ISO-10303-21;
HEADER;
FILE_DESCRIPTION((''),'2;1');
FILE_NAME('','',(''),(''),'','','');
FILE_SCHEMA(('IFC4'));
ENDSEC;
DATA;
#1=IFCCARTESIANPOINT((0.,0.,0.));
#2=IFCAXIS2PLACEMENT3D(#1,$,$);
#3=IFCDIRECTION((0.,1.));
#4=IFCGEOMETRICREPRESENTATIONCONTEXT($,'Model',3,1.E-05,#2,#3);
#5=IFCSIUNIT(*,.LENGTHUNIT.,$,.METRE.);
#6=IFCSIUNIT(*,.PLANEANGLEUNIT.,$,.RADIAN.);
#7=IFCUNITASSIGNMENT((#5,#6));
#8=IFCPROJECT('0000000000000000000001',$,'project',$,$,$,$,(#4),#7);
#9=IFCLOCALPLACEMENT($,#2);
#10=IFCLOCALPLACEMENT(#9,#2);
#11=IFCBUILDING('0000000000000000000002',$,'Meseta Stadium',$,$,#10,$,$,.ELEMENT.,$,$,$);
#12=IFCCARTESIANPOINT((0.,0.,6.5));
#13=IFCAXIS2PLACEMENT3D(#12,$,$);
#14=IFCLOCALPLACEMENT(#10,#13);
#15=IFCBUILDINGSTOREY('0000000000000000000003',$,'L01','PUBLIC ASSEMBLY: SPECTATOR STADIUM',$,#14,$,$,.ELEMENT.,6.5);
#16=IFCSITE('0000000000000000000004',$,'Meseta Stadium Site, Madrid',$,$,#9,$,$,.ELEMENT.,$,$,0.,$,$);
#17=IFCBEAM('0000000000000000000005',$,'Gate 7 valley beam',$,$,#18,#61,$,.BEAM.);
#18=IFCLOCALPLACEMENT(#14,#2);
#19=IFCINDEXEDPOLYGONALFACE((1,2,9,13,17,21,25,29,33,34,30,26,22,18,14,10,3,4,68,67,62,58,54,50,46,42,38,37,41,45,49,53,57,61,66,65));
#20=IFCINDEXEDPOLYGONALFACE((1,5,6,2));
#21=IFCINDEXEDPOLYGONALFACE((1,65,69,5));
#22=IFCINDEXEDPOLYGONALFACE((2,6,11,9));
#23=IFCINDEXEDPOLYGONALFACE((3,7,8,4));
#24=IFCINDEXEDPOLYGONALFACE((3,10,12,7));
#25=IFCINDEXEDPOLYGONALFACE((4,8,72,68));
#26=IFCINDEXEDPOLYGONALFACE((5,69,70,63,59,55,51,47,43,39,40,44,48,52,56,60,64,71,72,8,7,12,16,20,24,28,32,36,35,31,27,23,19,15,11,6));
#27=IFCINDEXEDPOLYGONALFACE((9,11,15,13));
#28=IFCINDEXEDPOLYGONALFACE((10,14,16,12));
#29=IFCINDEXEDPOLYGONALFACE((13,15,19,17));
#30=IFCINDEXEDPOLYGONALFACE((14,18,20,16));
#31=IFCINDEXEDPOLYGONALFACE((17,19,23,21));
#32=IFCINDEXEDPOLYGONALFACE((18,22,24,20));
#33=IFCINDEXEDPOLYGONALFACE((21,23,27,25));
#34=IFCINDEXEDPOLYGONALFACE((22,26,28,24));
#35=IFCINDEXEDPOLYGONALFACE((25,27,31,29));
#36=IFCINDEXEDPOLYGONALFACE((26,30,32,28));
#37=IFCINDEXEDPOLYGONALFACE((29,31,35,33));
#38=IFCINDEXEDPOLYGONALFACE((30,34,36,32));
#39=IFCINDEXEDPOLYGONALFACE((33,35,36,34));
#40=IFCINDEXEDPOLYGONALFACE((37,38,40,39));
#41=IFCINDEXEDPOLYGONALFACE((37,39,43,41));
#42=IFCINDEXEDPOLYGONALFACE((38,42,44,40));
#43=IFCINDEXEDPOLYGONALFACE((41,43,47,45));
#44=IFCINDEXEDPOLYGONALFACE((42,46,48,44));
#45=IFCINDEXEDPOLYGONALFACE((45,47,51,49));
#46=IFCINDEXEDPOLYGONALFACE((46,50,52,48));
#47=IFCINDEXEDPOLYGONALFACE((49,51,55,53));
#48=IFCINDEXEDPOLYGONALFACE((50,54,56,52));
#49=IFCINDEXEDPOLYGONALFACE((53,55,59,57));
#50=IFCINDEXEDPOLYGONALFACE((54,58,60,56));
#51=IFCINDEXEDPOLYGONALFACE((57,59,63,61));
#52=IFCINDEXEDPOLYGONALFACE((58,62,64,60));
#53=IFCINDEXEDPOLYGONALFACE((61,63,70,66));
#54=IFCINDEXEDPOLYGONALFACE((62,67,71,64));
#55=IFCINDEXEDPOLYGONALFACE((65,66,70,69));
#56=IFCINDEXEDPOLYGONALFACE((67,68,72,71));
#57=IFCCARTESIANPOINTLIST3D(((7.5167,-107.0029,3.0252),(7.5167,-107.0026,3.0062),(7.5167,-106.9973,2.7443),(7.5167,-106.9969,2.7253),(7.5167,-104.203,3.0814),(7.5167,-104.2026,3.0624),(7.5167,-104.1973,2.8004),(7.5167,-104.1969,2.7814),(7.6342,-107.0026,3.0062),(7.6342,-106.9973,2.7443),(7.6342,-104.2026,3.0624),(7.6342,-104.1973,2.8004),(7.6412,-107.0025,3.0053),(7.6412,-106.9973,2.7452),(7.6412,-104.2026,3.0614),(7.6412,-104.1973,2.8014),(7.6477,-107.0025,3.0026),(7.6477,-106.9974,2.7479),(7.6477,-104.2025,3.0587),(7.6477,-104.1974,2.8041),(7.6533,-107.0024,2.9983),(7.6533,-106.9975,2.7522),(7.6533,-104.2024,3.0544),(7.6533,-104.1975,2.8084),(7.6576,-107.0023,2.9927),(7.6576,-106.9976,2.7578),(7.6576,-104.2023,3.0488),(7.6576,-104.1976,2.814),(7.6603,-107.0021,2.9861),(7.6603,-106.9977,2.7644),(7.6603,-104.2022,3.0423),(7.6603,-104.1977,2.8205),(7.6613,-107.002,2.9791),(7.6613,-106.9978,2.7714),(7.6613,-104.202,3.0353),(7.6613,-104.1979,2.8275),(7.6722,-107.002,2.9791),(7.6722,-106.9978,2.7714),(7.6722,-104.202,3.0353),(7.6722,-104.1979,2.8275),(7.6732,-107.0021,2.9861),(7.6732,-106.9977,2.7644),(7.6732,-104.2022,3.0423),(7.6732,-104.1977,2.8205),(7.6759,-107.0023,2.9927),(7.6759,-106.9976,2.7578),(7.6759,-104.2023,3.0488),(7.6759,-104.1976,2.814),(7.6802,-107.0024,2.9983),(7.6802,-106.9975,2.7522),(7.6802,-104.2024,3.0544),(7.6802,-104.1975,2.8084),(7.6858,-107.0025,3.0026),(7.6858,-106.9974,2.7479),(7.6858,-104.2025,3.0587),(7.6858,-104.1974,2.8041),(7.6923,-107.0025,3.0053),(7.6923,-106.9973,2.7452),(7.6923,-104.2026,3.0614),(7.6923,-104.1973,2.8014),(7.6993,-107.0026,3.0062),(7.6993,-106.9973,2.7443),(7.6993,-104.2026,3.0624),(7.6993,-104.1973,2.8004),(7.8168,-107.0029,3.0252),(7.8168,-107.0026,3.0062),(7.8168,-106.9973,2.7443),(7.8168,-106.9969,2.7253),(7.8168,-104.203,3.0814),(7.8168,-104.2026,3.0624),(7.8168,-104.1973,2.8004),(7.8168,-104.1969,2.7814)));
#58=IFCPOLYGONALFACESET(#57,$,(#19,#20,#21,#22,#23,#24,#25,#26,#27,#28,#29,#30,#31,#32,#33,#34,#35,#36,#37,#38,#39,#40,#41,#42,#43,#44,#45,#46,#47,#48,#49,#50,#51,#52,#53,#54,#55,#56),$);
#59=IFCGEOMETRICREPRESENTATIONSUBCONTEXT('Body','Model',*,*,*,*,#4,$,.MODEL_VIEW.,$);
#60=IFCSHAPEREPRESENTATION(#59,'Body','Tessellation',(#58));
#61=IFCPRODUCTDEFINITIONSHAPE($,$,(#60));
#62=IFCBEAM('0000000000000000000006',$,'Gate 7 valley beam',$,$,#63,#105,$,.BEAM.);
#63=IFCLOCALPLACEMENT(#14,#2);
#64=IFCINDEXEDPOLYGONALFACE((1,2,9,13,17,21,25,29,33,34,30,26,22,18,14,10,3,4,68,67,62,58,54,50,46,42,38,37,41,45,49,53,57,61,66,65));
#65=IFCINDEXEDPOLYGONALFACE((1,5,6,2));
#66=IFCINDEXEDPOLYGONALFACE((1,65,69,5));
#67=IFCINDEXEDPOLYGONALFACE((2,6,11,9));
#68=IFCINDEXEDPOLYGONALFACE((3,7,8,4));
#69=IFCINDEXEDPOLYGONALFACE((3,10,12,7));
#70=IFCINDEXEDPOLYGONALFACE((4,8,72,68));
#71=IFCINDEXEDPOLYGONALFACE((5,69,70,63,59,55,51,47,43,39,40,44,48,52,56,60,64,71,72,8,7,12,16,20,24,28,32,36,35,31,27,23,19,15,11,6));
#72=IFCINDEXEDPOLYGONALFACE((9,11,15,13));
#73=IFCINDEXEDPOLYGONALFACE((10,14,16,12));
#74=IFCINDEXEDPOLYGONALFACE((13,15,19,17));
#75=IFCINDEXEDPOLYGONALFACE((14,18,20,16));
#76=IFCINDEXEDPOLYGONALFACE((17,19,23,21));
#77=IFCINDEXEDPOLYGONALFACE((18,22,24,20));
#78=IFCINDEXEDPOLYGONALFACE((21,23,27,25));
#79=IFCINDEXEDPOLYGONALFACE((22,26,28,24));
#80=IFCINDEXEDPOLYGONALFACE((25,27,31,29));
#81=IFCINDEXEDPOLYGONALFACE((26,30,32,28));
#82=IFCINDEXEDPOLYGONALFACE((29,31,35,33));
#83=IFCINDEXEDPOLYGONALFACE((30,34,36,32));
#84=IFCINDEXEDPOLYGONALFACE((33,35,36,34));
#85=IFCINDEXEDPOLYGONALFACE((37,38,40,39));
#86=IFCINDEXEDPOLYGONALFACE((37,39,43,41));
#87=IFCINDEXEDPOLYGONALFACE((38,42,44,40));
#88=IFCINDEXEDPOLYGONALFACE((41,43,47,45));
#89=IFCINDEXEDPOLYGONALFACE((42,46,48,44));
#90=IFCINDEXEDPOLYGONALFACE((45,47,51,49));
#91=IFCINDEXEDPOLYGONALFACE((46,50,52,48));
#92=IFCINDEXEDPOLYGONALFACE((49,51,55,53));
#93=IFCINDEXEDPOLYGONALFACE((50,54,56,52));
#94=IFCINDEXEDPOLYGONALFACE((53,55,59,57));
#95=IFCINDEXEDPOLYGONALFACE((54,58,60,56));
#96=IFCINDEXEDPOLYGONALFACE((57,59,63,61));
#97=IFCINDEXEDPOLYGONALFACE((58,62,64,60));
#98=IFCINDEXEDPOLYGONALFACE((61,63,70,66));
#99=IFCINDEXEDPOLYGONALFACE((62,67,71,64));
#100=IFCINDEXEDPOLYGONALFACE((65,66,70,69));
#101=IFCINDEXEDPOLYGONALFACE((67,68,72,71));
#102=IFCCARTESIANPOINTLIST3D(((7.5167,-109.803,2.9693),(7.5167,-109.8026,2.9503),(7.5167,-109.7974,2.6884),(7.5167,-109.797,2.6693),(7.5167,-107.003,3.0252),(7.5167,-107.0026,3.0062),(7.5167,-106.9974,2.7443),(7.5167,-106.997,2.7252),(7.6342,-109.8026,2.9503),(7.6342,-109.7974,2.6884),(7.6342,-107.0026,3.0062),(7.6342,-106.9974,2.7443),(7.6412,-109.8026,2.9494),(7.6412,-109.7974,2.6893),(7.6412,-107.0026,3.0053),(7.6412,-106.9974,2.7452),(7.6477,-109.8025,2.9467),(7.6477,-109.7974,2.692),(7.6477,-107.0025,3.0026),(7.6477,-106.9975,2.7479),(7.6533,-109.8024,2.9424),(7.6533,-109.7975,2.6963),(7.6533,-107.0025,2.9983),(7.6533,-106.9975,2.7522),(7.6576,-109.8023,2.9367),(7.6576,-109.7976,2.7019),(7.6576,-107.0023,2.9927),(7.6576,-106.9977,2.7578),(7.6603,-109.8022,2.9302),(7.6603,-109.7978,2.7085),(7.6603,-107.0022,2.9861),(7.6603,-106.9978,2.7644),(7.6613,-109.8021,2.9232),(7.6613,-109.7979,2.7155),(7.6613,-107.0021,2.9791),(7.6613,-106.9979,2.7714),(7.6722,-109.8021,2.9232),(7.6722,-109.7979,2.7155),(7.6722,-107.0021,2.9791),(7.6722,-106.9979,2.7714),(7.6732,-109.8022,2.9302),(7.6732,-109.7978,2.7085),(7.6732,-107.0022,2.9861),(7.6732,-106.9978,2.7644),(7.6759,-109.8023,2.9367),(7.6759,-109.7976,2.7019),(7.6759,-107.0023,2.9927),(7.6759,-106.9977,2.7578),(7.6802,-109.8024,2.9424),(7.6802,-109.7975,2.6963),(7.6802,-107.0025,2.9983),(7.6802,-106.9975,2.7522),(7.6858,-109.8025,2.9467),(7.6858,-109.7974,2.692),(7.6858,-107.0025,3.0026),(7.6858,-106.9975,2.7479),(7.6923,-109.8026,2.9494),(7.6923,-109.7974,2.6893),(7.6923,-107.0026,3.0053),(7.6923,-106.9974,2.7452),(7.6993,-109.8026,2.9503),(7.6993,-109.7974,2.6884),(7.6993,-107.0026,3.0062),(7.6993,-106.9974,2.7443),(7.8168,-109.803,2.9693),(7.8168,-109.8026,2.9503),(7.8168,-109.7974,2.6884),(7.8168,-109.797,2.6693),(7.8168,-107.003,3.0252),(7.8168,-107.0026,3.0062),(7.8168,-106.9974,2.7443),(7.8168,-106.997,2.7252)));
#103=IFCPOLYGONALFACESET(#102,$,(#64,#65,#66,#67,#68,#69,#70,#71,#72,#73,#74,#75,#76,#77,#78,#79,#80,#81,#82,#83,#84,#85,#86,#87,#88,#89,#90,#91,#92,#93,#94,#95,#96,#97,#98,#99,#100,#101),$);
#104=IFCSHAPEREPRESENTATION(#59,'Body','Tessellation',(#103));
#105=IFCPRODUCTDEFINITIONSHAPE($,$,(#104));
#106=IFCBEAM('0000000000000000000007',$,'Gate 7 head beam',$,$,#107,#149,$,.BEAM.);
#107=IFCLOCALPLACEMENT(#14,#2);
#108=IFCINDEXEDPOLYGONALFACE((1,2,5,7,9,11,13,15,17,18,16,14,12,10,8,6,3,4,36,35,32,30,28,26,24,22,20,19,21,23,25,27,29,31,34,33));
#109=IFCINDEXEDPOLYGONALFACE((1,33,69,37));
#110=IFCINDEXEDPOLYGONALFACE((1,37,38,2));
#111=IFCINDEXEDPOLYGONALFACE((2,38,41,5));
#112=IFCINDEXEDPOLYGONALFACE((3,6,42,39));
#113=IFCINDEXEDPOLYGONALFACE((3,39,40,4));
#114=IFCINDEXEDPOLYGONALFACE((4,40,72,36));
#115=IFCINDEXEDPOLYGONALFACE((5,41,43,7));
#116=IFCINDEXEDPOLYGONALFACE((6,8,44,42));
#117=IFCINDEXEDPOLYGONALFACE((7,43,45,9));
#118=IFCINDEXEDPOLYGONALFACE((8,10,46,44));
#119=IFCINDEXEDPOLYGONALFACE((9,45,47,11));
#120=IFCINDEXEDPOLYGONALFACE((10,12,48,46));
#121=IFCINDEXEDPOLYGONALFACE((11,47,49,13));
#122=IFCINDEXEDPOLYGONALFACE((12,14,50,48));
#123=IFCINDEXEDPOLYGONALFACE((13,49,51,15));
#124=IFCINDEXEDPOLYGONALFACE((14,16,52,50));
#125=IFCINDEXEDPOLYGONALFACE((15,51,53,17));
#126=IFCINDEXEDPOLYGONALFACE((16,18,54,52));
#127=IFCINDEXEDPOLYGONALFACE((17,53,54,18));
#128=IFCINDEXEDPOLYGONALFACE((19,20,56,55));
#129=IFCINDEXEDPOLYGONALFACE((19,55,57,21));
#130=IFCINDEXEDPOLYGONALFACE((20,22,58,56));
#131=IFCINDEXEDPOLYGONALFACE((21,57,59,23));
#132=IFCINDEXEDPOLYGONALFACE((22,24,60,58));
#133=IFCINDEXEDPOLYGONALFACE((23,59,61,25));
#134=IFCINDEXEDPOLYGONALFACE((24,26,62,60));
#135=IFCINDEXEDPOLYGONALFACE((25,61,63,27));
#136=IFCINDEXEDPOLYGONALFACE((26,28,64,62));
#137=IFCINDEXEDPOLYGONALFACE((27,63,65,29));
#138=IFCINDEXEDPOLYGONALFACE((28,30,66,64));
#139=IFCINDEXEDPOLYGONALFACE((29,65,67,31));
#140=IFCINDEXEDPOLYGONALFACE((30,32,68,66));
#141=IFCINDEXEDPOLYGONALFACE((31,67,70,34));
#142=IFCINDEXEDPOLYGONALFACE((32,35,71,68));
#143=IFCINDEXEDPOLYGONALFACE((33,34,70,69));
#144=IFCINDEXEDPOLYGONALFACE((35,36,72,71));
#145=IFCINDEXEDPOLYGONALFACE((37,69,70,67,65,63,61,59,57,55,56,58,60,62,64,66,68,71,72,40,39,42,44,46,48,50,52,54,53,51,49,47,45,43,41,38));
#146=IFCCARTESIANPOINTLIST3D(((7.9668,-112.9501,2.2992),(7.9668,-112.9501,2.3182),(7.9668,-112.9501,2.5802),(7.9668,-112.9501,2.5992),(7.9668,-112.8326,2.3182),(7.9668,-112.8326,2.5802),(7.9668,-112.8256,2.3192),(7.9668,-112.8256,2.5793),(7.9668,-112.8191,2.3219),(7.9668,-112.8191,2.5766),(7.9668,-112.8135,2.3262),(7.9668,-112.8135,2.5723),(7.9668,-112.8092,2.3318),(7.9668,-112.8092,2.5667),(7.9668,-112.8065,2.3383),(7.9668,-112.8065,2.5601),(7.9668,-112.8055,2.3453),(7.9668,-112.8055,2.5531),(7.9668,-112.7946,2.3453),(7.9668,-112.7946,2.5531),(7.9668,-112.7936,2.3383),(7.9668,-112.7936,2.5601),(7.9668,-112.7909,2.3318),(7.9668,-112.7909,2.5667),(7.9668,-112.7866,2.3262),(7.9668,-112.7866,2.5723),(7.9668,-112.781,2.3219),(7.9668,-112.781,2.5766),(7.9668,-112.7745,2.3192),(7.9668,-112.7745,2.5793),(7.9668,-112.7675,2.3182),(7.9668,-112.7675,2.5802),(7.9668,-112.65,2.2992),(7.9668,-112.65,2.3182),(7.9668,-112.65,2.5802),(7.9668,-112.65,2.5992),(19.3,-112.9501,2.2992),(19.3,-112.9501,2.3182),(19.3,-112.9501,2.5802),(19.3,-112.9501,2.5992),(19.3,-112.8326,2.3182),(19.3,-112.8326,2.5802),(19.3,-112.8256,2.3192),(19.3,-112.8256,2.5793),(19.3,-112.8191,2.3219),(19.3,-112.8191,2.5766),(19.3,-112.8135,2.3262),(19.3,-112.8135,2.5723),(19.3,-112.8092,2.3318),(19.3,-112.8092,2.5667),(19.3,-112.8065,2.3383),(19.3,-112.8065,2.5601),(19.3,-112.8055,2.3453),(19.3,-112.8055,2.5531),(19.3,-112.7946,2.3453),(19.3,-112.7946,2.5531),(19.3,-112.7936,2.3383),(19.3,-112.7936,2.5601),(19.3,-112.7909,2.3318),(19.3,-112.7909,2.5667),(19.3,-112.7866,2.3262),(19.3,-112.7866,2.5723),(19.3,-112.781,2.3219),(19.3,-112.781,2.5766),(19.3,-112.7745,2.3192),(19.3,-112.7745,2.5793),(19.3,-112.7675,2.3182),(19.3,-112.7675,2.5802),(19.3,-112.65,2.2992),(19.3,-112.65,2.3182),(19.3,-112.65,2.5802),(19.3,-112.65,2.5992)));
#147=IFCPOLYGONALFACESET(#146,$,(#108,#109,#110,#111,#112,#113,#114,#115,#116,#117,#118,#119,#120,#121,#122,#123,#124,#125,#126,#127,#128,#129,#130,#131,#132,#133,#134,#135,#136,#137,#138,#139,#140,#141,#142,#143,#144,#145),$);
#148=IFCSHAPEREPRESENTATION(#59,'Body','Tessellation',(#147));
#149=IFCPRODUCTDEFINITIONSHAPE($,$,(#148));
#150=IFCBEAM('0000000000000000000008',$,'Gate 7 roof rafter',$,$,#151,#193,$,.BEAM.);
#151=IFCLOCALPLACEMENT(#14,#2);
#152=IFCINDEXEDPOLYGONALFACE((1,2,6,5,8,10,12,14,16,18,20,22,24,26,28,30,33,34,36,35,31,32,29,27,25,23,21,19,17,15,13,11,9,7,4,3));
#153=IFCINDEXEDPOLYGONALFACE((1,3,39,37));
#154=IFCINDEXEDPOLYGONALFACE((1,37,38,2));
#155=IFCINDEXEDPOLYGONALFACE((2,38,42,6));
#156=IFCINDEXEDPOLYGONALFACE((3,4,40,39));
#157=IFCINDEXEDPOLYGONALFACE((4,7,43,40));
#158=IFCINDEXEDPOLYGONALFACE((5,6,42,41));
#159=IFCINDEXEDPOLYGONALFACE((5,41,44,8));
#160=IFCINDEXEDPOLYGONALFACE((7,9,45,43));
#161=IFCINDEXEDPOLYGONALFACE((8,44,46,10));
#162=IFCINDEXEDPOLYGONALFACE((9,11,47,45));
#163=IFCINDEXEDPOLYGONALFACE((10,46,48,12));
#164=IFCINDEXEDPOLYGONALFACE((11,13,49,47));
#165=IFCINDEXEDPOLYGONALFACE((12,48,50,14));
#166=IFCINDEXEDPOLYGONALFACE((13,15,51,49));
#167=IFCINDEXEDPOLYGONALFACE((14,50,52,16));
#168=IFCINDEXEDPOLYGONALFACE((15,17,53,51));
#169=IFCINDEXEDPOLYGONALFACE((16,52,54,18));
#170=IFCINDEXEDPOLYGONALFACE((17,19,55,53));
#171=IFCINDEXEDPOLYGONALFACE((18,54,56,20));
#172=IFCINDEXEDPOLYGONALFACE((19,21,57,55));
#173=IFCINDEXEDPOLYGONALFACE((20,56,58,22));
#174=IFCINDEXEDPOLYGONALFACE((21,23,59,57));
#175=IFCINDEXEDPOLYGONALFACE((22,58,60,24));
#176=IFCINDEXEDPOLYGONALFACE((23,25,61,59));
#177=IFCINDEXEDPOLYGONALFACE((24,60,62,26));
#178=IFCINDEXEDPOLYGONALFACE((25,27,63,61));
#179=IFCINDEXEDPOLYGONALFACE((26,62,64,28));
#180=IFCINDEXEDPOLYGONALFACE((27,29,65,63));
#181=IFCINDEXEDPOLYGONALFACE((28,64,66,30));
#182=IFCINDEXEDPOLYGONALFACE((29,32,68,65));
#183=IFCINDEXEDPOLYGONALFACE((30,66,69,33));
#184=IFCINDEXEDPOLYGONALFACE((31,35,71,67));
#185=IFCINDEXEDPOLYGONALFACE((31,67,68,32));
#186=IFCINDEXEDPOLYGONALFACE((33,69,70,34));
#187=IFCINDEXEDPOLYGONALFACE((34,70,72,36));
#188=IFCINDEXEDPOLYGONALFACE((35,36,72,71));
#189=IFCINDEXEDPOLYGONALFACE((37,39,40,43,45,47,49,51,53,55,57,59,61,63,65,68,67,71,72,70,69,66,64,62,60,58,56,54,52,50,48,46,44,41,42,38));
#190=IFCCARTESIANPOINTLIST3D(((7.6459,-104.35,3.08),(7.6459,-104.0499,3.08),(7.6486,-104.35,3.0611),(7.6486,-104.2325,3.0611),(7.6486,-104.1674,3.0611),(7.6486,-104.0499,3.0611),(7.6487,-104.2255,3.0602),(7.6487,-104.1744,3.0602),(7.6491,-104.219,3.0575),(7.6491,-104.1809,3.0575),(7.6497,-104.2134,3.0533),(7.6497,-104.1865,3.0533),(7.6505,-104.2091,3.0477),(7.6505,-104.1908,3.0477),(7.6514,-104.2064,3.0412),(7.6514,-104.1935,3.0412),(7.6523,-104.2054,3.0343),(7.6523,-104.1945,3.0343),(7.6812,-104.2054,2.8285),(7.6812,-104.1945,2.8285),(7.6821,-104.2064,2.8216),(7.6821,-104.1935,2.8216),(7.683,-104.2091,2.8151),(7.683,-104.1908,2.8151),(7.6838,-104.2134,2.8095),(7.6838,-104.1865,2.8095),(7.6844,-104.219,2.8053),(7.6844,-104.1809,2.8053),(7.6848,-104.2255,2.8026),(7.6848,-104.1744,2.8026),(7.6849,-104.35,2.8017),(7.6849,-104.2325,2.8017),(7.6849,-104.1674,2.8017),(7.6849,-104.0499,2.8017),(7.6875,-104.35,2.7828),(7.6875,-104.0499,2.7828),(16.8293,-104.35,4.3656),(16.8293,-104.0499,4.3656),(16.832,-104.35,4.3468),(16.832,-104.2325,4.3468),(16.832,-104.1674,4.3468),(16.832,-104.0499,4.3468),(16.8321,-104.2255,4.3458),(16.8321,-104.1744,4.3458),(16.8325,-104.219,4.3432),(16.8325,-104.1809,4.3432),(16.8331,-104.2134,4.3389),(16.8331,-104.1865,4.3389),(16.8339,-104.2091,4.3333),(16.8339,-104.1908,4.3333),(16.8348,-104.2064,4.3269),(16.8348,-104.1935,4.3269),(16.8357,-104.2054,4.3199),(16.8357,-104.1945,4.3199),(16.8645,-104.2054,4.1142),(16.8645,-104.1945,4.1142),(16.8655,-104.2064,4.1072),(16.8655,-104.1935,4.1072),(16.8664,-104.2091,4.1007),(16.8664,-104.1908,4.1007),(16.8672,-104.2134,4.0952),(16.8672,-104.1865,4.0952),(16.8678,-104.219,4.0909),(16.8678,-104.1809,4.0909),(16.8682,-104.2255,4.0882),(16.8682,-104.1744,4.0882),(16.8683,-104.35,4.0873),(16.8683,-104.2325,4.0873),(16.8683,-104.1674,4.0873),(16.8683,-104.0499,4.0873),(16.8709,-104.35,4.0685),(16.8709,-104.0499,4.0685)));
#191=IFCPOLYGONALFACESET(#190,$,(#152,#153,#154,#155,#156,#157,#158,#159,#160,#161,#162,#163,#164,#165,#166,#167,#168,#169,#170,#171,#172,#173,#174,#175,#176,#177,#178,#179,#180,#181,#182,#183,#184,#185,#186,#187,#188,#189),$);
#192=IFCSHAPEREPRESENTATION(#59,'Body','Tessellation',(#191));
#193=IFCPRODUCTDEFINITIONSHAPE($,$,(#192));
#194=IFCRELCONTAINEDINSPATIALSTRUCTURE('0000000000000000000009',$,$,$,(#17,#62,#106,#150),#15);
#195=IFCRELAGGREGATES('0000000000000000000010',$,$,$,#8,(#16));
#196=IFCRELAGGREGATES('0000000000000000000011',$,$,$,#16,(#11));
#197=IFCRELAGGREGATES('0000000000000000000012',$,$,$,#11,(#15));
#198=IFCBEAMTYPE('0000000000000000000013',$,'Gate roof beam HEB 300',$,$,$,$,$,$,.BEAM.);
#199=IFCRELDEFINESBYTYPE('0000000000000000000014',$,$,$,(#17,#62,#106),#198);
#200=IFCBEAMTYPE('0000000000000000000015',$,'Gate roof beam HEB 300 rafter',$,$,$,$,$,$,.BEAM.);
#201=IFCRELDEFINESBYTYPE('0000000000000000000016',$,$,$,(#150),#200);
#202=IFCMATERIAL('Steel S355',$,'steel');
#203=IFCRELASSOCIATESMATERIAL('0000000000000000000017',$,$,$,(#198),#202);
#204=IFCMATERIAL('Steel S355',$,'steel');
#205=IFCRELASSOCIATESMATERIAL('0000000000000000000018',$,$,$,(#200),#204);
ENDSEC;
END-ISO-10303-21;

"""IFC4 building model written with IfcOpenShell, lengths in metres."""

from ifc_helpers import new_model, si_unit, direction, frame, origin, origin_2d, place, context, subcontext, project, spatial, i_section, extrude, material, material_profile, profile_set, type_object, element, save


model = new_model("IFC4")

# Units and contexts
model_context = context("Model", 3, precision=1e-05, world=origin(), true_north=direction((0.0, 1.0)))
body_context = subcontext(model_context, "Body", "Model", "MODEL_VIEW")
ifc_project = project(units=[si_unit("LENGTHUNIT", "METRE"), si_unit("PLANEANGLEUNIT", "RADIAN")], contexts=[model_context])

# Site, building, storey
site_placement = place(None, origin())
site = spatial("IfcSite", under=ifc_project, at=site_placement, Name="Meseta Stadium Site, Madrid", CompositionType="ELEMENT", RefElevation=0.0)
building_placement = place(site_placement, origin())
building = spatial("IfcBuilding", under=site, at=building_placement, Name="Meseta Stadium", CompositionType="ELEMENT")
storey_placement = place(building_placement, frame((0.0, 0.0, 6.5)))
storey = spatial("IfcBuildingStorey", under=building, at=storey_placement, Name="L01", Description="PUBLIC ASSEMBLY: SPECTATOR STADIUM", CompositionType="ELEMENT", Elevation=6.5)

# Beams
ifc_material_1 = material(Name="Steel S355", Category="steel")
ifc_material_profile_1 = material_profile(ifc_material_1, i_section(OverallWidth=0.3, OverallDepth=0.3, WebThickness=0.011, FlangeThickness=0.019, FilletRadius=0.0271, at=origin_2d()), Name="HEB 300")
ifc_profile_set_1 = profile_set([ifc_material_profile_1], Name="Steel S355")
beam_type_1 = type_object("IfcBeamType", Name="Gate roof beam HEB 300", PredefinedType="BEAM", material=ifc_profile_set_1)
for number, where, z_axis, x_axis, name in (
    (1, (7.6667, -104.2, 2.9314), (0.0, -0.999799, -0.02005), (1.0, 0.0, 0.0), "Gate 7 valley beam"),
    (2, (7.6667, -107.0, 2.8752), (0.0, -0.999801, -0.019963), (1.0, 0.0, 0.0), "Gate 7 valley beam"),
):
    element("IfcBeam", number, at=place(storey_placement, frame(where, z_axis=z_axis, x_axis=x_axis)), inside=storey, type_object=beam_type_1, Name=name, PredefinedType="BEAM", context=body_context, shape_type="SweptSolid", body=[
        extrude(i_section(OverallWidth=0.3, OverallDepth=0.3, WebThickness=0.011, FlangeThickness=0.019, FilletRadius=0.0271, at=origin_2d()), origin(), (0.0, 0.0, 1.0), 2.8005),
    ])
beam_1_placement = place(storey_placement, frame((7.9668, -112.8, 2.4492), z_axis=(1.0, 0.0, 0.0), x_axis=(0.0, 1.0, 0.0)))
element("IfcBeam", 3, at=beam_1_placement, inside=storey, type_object=beam_type_1, Name="Gate 7 head beam", PredefinedType="BEAM", context=body_context, shape_type="SweptSolid", body=[
    extrude(i_section(OverallWidth=0.3, OverallDepth=0.3, WebThickness=0.011, FlangeThickness=0.019, FilletRadius=0.0271, at=origin_2d()), origin(), (0.0, 0.0, 1.0), 11.3333),
])
ifc_material_2 = material(Name="Steel S355", Category="steel")
ifc_material_profile_2 = material_profile(ifc_material_2, i_section(OverallWidth=0.3, OverallDepth=0.3, WebThickness=0.011, FlangeThickness=0.019, FilletRadius=0.0271, at=origin_2d()), Name="HEB 300")
ifc_profile_set_2 = profile_set([ifc_material_profile_2], Name="Steel S355")
beam_type_2 = type_object("IfcBeamType", Name="Gate roof beam HEB 300 rafter", PredefinedType="BEAM", material=ifc_profile_set_2)
beam_2_placement = place(storey_placement, frame((7.6667, -104.2, 2.9314), z_axis=(0.990342, 0.0, 0.138645), x_axis=(0.0, 1.0, 0.0)))
element("IfcBeam", 4, at=beam_2_placement, inside=storey, type_object=beam_type_2, Name="Gate 7 roof rafter", PredefinedType="BEAM", context=body_context, shape_type="SweptSolid", body=[
    extrude(i_section(OverallWidth=0.3, OverallDepth=0.3, WebThickness=0.011, FlangeThickness=0.019, FilletRadius=0.0271, at=origin_2d()), origin(), (0.0, 0.0, 1.0), 9.2729),
])

save(model, "model.ifc")
